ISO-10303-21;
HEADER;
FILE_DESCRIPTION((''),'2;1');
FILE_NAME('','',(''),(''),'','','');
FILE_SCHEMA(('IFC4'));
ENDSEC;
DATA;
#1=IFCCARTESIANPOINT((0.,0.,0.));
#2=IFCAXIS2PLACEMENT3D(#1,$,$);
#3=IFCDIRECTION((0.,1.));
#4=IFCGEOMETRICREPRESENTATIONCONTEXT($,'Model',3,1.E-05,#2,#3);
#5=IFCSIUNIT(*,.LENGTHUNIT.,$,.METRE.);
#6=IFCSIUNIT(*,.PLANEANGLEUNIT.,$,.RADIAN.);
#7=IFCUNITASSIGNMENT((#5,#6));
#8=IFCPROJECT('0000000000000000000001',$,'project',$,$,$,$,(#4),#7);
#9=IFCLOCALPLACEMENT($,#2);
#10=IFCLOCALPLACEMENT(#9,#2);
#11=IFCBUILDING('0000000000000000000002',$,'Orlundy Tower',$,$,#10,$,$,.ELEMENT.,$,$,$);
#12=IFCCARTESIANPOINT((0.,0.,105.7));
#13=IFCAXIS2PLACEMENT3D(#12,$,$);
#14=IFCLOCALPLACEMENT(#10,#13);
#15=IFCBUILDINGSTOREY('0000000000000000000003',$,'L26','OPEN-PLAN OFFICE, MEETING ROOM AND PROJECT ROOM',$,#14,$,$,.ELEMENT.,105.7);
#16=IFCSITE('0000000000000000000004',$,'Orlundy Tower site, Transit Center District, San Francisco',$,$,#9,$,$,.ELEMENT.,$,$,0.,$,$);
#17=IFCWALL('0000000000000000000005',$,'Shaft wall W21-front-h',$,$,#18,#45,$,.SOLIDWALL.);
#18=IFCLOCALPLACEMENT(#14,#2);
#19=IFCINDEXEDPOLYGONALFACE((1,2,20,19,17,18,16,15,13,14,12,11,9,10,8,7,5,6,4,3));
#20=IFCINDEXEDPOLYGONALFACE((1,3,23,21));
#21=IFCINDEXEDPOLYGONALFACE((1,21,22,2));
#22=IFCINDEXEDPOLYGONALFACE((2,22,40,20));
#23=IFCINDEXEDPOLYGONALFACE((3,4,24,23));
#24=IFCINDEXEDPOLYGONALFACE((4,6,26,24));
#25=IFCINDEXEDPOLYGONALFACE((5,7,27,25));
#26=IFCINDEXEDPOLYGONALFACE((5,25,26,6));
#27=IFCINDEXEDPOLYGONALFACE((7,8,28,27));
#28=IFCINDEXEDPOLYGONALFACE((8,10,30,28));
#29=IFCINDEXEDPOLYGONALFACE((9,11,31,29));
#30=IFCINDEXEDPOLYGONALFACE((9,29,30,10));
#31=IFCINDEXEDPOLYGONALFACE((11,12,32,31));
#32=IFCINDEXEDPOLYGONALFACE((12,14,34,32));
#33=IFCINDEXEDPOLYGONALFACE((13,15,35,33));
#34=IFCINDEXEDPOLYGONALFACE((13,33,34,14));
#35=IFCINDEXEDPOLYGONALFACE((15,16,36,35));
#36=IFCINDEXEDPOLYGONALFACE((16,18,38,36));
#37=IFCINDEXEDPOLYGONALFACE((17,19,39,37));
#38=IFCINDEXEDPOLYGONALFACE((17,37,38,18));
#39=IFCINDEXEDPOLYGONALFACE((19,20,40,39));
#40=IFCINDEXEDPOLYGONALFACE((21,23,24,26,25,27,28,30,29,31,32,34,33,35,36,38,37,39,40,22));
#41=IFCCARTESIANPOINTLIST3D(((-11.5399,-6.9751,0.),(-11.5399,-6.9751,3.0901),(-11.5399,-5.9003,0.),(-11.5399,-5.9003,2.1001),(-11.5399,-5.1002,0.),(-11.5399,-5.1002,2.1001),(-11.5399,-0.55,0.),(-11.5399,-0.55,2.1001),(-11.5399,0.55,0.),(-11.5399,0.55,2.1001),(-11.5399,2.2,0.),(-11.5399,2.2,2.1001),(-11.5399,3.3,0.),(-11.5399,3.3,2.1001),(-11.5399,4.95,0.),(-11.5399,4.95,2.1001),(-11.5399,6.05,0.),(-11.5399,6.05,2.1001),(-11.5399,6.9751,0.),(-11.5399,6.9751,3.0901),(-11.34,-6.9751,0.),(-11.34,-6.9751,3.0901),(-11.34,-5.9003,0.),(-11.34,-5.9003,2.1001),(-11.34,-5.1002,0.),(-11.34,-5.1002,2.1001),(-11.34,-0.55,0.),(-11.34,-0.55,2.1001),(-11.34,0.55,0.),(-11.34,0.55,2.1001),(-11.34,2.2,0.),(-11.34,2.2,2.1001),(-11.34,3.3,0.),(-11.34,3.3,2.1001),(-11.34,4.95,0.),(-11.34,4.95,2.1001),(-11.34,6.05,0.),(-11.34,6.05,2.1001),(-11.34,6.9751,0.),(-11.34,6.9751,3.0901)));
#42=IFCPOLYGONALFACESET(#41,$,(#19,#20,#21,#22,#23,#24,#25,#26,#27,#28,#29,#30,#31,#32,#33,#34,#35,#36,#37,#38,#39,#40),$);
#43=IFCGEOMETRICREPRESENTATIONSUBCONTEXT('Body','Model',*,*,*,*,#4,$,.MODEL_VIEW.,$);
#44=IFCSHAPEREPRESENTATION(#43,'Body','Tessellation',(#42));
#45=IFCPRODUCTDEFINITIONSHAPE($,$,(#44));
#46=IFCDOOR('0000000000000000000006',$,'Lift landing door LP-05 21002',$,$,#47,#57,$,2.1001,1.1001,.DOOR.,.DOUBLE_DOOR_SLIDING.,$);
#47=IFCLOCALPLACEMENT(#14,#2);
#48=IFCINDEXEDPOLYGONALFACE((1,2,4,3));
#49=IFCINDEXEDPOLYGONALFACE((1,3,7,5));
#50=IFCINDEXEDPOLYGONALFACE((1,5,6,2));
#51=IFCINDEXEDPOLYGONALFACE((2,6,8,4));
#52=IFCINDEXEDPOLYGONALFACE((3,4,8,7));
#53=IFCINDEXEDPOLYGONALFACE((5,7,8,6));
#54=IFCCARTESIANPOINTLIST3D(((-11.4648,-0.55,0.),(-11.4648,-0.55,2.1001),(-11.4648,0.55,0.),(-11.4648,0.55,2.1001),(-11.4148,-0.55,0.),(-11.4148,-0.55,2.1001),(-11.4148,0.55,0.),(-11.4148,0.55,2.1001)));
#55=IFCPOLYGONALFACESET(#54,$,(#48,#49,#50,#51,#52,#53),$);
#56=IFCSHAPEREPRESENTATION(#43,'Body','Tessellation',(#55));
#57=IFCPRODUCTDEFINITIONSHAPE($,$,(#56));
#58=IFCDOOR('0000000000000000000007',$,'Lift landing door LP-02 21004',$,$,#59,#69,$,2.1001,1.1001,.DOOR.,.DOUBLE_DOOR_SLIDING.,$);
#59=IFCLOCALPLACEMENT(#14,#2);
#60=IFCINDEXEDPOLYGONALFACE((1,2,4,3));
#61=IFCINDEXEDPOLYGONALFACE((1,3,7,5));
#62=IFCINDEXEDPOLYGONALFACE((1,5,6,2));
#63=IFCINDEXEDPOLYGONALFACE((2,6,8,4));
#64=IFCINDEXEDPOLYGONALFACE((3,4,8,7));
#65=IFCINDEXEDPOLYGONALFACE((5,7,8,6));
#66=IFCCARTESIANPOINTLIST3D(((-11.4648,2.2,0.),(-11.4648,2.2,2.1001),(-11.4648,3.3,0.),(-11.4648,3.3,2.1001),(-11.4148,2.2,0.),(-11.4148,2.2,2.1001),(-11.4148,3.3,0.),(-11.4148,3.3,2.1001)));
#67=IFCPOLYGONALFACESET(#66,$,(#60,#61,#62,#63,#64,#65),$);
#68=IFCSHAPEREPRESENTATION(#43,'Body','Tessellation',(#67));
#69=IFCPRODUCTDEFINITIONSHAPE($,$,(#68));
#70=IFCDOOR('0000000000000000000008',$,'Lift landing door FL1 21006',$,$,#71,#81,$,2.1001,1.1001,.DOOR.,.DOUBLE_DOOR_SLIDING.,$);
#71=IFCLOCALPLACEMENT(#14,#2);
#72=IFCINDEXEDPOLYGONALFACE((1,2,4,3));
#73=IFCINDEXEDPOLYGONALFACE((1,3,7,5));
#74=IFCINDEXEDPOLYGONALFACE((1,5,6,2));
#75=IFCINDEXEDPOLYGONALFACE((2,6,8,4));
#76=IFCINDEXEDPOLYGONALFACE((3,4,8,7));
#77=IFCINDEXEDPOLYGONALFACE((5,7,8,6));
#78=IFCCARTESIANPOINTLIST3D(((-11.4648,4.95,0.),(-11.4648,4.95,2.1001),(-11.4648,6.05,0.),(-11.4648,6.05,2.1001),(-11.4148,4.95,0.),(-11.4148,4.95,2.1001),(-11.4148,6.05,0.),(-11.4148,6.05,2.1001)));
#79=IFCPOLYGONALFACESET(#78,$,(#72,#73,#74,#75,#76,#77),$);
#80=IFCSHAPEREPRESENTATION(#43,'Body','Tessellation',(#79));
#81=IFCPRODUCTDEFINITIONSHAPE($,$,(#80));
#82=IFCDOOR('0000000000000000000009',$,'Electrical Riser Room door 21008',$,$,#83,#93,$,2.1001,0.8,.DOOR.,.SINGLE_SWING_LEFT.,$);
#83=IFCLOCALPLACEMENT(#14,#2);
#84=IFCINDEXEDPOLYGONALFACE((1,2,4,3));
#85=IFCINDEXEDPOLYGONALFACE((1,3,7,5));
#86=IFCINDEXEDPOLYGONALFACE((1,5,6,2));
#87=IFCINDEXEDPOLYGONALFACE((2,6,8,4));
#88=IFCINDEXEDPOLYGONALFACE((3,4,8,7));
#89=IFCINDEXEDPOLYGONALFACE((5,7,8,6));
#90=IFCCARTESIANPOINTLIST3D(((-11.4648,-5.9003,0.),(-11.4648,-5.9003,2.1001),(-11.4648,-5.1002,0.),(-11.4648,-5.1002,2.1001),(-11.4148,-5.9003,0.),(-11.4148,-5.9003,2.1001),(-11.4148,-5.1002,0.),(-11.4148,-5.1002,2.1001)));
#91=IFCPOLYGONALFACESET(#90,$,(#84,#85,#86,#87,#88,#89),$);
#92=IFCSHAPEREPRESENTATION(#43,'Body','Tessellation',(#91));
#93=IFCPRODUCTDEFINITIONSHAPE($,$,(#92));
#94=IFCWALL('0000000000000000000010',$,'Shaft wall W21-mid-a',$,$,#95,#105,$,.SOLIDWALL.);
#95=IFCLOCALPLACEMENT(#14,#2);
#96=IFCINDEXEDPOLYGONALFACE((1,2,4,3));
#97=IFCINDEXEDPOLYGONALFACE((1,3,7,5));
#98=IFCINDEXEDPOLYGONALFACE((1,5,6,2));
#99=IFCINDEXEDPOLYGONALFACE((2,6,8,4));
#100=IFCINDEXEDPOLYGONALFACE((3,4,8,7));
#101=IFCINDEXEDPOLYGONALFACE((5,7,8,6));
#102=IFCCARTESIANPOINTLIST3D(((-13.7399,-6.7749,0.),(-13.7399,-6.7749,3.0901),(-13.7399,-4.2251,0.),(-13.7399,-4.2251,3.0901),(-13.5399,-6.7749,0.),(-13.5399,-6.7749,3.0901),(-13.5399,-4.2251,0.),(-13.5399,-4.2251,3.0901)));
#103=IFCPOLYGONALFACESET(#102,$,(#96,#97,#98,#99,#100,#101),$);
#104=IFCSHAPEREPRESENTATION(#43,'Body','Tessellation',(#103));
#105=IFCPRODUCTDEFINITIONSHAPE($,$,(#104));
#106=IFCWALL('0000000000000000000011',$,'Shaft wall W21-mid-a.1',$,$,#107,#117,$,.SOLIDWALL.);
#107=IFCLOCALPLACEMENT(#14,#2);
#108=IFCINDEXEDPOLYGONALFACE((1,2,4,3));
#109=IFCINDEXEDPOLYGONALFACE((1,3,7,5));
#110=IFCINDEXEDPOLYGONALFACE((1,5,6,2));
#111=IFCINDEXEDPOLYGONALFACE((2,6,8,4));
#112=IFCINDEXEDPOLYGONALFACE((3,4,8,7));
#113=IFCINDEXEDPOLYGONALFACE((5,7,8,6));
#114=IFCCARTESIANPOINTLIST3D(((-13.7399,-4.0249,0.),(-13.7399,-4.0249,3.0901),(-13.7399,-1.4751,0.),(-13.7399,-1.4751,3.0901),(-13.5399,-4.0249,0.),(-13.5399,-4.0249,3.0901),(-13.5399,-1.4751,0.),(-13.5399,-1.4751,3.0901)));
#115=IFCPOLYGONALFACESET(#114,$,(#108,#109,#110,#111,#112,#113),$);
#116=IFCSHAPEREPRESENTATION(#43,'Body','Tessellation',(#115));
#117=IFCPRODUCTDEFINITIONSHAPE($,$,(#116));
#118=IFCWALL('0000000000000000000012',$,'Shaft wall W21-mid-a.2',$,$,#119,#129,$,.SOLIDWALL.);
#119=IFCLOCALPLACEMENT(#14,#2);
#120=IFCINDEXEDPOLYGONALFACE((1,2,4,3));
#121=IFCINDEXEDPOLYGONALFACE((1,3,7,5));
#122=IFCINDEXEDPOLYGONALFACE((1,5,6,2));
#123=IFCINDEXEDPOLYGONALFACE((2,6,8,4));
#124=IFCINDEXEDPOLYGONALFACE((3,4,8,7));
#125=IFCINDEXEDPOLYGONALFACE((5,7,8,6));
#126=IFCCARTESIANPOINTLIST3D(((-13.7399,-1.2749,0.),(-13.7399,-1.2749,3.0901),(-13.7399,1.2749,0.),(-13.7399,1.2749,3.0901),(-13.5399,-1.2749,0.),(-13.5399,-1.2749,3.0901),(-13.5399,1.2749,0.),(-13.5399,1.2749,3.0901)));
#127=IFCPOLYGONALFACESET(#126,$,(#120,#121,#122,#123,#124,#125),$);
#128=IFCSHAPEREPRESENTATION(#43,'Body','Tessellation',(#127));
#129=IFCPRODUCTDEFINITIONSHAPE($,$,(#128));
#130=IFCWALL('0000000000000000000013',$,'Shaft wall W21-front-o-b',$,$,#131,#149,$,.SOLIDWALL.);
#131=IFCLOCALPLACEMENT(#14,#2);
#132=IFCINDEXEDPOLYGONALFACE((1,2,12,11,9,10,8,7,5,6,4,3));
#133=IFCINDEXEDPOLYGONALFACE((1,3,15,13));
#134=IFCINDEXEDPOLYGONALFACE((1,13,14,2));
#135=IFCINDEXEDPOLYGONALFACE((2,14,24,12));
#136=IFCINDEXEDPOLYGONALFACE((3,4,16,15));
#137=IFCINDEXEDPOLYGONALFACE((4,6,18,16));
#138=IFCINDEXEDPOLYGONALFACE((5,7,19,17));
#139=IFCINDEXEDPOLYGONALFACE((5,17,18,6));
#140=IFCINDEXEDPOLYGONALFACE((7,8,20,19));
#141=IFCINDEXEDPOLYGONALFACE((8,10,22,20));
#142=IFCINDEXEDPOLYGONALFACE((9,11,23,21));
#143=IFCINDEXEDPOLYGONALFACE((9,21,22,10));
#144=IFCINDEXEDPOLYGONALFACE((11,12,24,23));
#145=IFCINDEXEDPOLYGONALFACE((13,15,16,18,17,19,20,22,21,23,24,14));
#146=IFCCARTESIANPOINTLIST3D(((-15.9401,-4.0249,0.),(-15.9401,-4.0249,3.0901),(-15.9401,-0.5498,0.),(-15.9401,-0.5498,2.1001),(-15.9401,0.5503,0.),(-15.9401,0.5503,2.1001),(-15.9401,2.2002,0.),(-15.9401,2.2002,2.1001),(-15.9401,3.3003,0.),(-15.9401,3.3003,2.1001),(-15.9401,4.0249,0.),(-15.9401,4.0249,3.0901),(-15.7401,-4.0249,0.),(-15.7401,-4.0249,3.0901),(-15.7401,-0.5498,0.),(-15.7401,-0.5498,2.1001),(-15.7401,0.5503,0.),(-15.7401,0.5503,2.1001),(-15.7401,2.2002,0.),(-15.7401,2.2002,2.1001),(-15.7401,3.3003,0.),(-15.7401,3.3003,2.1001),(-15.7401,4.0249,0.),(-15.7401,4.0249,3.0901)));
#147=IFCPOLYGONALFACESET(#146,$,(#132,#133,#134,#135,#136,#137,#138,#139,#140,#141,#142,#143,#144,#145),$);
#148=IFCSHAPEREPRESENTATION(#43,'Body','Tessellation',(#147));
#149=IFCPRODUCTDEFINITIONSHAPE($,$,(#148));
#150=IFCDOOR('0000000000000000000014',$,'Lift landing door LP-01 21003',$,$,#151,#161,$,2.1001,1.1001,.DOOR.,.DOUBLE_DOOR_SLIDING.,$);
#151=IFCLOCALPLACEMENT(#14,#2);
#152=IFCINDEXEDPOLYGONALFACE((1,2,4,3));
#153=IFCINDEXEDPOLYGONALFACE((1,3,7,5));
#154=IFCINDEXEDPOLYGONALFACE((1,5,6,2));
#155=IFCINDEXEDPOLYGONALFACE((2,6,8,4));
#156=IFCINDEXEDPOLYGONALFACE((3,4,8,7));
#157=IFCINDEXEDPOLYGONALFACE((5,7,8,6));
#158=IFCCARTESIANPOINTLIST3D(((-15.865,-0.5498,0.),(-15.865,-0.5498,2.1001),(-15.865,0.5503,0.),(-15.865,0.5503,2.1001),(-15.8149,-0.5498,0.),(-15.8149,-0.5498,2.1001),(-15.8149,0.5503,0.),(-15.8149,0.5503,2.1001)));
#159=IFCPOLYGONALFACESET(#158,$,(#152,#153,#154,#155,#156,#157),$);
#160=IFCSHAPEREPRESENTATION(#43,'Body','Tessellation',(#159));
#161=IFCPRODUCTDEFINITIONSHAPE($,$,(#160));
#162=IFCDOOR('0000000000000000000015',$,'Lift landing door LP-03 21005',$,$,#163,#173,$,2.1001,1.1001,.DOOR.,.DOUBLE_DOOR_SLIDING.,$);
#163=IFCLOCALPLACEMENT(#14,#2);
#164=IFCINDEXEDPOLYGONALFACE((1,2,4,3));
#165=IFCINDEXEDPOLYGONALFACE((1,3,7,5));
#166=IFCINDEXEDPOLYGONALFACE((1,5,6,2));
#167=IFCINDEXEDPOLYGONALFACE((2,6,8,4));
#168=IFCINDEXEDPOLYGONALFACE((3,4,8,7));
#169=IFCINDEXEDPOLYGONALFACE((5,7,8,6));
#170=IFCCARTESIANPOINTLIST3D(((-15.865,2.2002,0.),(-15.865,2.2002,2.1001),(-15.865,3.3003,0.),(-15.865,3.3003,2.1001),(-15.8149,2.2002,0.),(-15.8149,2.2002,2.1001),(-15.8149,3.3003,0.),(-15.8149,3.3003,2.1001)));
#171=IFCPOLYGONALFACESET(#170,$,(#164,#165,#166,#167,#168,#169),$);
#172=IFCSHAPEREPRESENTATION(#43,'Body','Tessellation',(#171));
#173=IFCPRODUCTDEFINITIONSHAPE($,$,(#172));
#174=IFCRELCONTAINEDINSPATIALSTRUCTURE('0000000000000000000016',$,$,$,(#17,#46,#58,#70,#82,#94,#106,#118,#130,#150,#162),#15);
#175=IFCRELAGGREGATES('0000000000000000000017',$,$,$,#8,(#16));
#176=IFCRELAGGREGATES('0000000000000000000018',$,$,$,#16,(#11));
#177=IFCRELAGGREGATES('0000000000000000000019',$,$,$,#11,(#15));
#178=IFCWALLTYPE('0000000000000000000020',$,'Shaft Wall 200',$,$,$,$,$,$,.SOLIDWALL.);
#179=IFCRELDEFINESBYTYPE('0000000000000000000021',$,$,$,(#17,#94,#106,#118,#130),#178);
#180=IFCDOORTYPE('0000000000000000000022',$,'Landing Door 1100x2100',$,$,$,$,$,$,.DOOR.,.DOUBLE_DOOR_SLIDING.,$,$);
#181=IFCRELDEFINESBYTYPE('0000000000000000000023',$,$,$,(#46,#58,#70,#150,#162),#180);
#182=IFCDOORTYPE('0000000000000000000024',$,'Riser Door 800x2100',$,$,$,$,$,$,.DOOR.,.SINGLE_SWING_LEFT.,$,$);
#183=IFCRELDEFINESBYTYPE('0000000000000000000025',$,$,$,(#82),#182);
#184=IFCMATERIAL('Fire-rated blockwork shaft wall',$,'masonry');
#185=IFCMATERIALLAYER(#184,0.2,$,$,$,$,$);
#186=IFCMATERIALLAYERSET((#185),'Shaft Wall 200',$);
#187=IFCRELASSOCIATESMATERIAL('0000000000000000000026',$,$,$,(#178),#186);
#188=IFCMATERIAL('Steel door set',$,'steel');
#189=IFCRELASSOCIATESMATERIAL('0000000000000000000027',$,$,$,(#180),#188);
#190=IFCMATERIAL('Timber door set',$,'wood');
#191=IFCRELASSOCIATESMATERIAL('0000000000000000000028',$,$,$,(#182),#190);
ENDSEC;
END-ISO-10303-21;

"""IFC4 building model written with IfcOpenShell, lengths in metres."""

from ifc_helpers import new_model, si_unit, direction, frame, frame_2d, origin, place, context, subcontext, project, spatial, rectangle, extrude, material, layer, layer_set, type_object, element, fill, save


model = new_model("IFC4")

# Units and contexts
model_context = context("Model", 3, precision=1e-05, world=origin(), true_north=direction((0.0, 1.0)))
body_context = subcontext(model_context, "Body", "Model", "MODEL_VIEW")
ifc_project = project(units=[si_unit("LENGTHUNIT", "METRE"), si_unit("PLANEANGLEUNIT", "RADIAN")], contexts=[model_context])

# Site, building, storey
site_placement = place(None, origin())
site = spatial("IfcSite", under=ifc_project, at=site_placement, Name="Orlundy Tower site, Transit Center District, San Francisco", CompositionType="ELEMENT", RefElevation=0.0)
building_placement = place(site_placement, origin())
building = spatial("IfcBuilding", under=site, at=building_placement, Name="Orlundy Tower", CompositionType="ELEMENT")
storey_placement = place(building_placement, frame((0.0, 0.0, 105.7)))
storey = spatial("IfcBuildingStorey", under=building, at=storey_placement, Name="L26", Description="OPEN-PLAN OFFICE, MEETING ROOM AND PROJECT ROOM", CompositionType="ELEMENT", Elevation=105.7)

# Shared definitions
ifc_material_1 = material(Name="Fire-rated blockwork shaft wall", Category="masonry")
ifc_layer_1 = layer(ifc_material_1, 0.2)
ifc_layer_set_1 = layer_set([ifc_layer_1], Name="Shaft Wall 200")
wall_type_1 = type_object("IfcWallType", Name="Shaft Wall 200", PredefinedType="SOLIDWALL", material=ifc_layer_set_1)

# Wall, openings, doors
wall_1_placement = place(storey_placement, frame((-11.4399, -6.9751, 0.0), z_axis=(0.0, 0.0, 1.0), x_axis=(0.0, 1.0, 0.0)))
wall_1 = element("IfcWall", 1, at=wall_1_placement, inside=storey, type_object=wall_type_1, Name="Shaft wall W21-front-h", PredefinedType="SOLIDWALL", context=body_context, shape_type="SweptSolid", body=[
    extrude(rectangle(XDim=13.9502, YDim=0.2, at=frame_2d((6.9751, 0.0))), origin(), (0.0, 0.0, 1.0), 3.0901),
])
opening_1_placement = place(wall_1_placement, frame((6.425, 0.0, 0.0)))
opening_1 = element("IfcOpeningElement", 2, at=opening_1_placement, cuts=wall_1, PredefinedType="OPENING", context=body_context, shape_type="SweptSolid", body=[
    extrude(rectangle(XDim=1.1001, YDim=2.1001, at=frame_2d((0.55, 1.05))), frame((0.0, 0.1101, 0.0), z_axis=(0.0, -1.0, 0.0), x_axis=(1.0, 0.0, 0.0)), (0.0, 0.0, 1.0), 0.2202),
])
opening_2_placement = place(wall_1_placement, frame((9.175, 0.0, 0.0)))
opening_2 = element("IfcOpeningElement", 3, at=opening_2_placement, cuts=wall_1, PredefinedType="OPENING", context=body_context, shape_type="SweptSolid", body=[
    extrude(rectangle(XDim=1.1001, YDim=2.1001, at=frame_2d((0.55, 1.05))), frame((0.0, 0.1101, 0.0), z_axis=(0.0, -1.0, 0.0), x_axis=(1.0, 0.0, 0.0)), (0.0, 0.0, 1.0), 0.2202),
])
opening_3_placement = place(wall_1_placement, frame((11.925, 0.0, 0.0)))
opening_3 = element("IfcOpeningElement", 4, at=opening_3_placement, cuts=wall_1, PredefinedType="OPENING", context=body_context, shape_type="SweptSolid", body=[
    extrude(rectangle(XDim=1.1001, YDim=2.1001, at=frame_2d((0.55, 1.05))), frame((0.0, 0.1101, 0.0), z_axis=(0.0, -1.0, 0.0), x_axis=(1.0, 0.0, 0.0)), (0.0, 0.0, 1.0), 0.2202),
])
opening_4_placement = place(wall_1_placement, frame((1.075, 0.0, 0.0)))
opening_4 = element("IfcOpeningElement", 5, at=opening_4_placement, cuts=wall_1, PredefinedType="OPENING", context=body_context, shape_type="SweptSolid", body=[
    extrude(rectangle(XDim=0.8, YDim=2.1001, at=frame_2d((0.3999, 1.05))), frame((0.0, 0.1101, 0.0), z_axis=(0.0, -1.0, 0.0), x_axis=(1.0, 0.0, 0.0)), (0.0, 0.0, 1.0), 0.2202),
])
ifc_material_2 = material(Name="Steel door set", Category="steel")
door_type_1 = type_object("IfcDoorType", Name="Landing Door 1100x2100", OperationType="DOUBLE_DOOR_SLIDING", PredefinedType="DOOR", material=ifc_material_2)
door_1_placement = place(opening_1_placement, origin())
door_1 = element("IfcDoor", 6, at=door_1_placement, inside=storey, type_object=door_type_1, Name="Lift landing door LP-05 21002", OperationType="DOUBLE_DOOR_SLIDING", OverallHeight=2.1001, OverallWidth=1.1001, PredefinedType="DOOR", context=body_context, shape_type="SweptSolid", body=[
    extrude(rectangle(XDim=1.1001, YDim=2.1001, at=frame_2d((0.55, 1.05))), frame((0.0, 0.0249, 0.0), z_axis=(0.0, -1.0, 0.0), x_axis=(1.0, 0.0, 0.0)), (0.0, 0.0, 1.0), 0.05),
])
fill(opening_1, door_1)
door_2_placement = place(opening_2_placement, origin())
door_2 = element("IfcDoor", 7, at=door_2_placement, inside=storey, type_object=door_type_1, Name="Lift landing door LP-02 21004", OperationType="DOUBLE_DOOR_SLIDING", OverallHeight=2.1001, OverallWidth=1.1001, PredefinedType="DOOR", context=body_context, shape_type="SweptSolid", body=[
    extrude(rectangle(XDim=1.1001, YDim=2.1001, at=frame_2d((0.55, 1.05))), frame((0.0, 0.0249, 0.0), z_axis=(0.0, -1.0, 0.0), x_axis=(1.0, 0.0, 0.0)), (0.0, 0.0, 1.0), 0.05),
])
fill(opening_2, door_2)
door_3_placement = place(opening_3_placement, origin())
door_3 = element("IfcDoor", 8, at=door_3_placement, inside=storey, type_object=door_type_1, Name="Lift landing door FL1 21006", OperationType="DOUBLE_DOOR_SLIDING", OverallHeight=2.1001, OverallWidth=1.1001, PredefinedType="DOOR", context=body_context, shape_type="SweptSolid", body=[
    extrude(rectangle(XDim=1.1001, YDim=2.1001, at=frame_2d((0.55, 1.05))), frame((0.0, 0.0249, 0.0), z_axis=(0.0, -1.0, 0.0), x_axis=(1.0, 0.0, 0.0)), (0.0, 0.0, 1.0), 0.05),
])
fill(opening_3, door_3)
ifc_material_3 = material(Name="Timber door set", Category="wood")
door_type_2 = type_object("IfcDoorType", Name="Riser Door 800x2100", OperationType="SINGLE_SWING_LEFT", PredefinedType="DOOR", material=ifc_material_3)
door_4_placement = place(opening_4_placement, origin())
door_4 = element("IfcDoor", 9, at=door_4_placement, inside=storey, type_object=door_type_2, Name="Electrical Riser Room door 21008", OperationType="SINGLE_SWING_LEFT", OverallHeight=2.1001, OverallWidth=0.8, PredefinedType="DOOR", context=body_context, shape_type="SweptSolid", body=[
    extrude(rectangle(XDim=0.8, YDim=2.1001, at=frame_2d((0.3999, 1.05))), frame((0.0, 0.0249, 0.0), z_axis=(0.0, -1.0, 0.0), x_axis=(1.0, 0.0, 0.0)), (0.0, 0.0, 1.0), 0.05),
])
fill(opening_4, door_4)

# Walls
for number, where, z_axis, x_axis, name in (
    (10, (-13.6399, -6.7749, 0.0), (0.0, 0.0, 1.0), (0.0, 1.0, 0.0), "Shaft wall W21-mid-a"),
    (11, (-13.6399, -4.0249, 0.0), (0.0, 0.0, 1.0), (0.0, 1.0, 0.0), "Shaft wall W21-mid-a.1"),
    (12, (-13.6399, -1.2749, 0.0), (0.0, 0.0, 1.0), (0.0, 1.0, 0.0), "Shaft wall W21-mid-a.2"),
):
    element("IfcWall", number, at=place(storey_placement, frame(where, z_axis=z_axis, x_axis=x_axis)), inside=storey, type_object=wall_type_1, Name=name, PredefinedType="SOLIDWALL", context=body_context, shape_type="SweptSolid", body=[
        extrude(rectangle(XDim=2.5498, YDim=0.2, at=frame_2d((1.2749, 0.0))), origin(), (0.0, 0.0, 1.0), 3.0901),
    ])

# Wall, openings, doors
wall_2_placement = place(storey_placement, frame((-15.8401, -4.0249, 0.0), z_axis=(0.0, 0.0, 1.0), x_axis=(0.0, 1.0, 0.0)))
wall_2 = element("IfcWall", 13, at=wall_2_placement, inside=storey, type_object=wall_type_1, Name="Shaft wall W21-front-o-b", PredefinedType="SOLIDWALL", context=body_context, shape_type="SweptSolid", body=[
    extrude(rectangle(XDim=8.0498, YDim=0.2, at=frame_2d((4.0249, 0.0))), origin(), (0.0, 0.0, 1.0), 3.0901),
])
opening_5_placement = place(wall_2_placement, frame((3.4751, 0.0, 0.0)))
opening_5 = element("IfcOpeningElement", 14, at=opening_5_placement, cuts=wall_2, PredefinedType="OPENING", context=body_context, shape_type="SweptSolid", body=[
    extrude(rectangle(XDim=1.1001, YDim=2.1001, at=frame_2d((0.55, 1.05))), frame((0.0, 0.1101, 0.0), z_axis=(0.0, -1.0, 0.0), x_axis=(1.0, 0.0, 0.0)), (0.0, 0.0, 1.0), 0.2202),
])
opening_6_placement = place(wall_2_placement, frame((6.2251, 0.0, 0.0)))
opening_6 = element("IfcOpeningElement", 15, at=opening_6_placement, cuts=wall_2, PredefinedType="OPENING", context=body_context, shape_type="SweptSolid", body=[
    extrude(rectangle(XDim=1.1001, YDim=2.1001, at=frame_2d((0.55, 1.05))), frame((0.0, 0.1101, 0.0), z_axis=(0.0, -1.0, 0.0), x_axis=(1.0, 0.0, 0.0)), (0.0, 0.0, 1.0), 0.2202),
])
door_5_placement = place(opening_5_placement, origin())
door_5 = element("IfcDoor", 16, at=door_5_placement, inside=storey, type_object=door_type_1, Name="Lift landing door LP-01 21003", OperationType="DOUBLE_DOOR_SLIDING", OverallHeight=2.1001, OverallWidth=1.1001, PredefinedType="DOOR", context=body_context, shape_type="SweptSolid", body=[
    extrude(rectangle(XDim=1.1001, YDim=2.1001, at=frame_2d((0.55, 1.05))), frame((0.0, 0.0249, 0.0), z_axis=(0.0, -1.0, 0.0), x_axis=(1.0, 0.0, 0.0)), (0.0, 0.0, 1.0), 0.05),
])
fill(opening_5, door_5)
door_6_placement = place(opening_6_placement, origin())
door_6 = element("IfcDoor", 17, at=door_6_placement, inside=storey, type_object=door_type_1, Name="Lift landing door LP-03 21005", OperationType="DOUBLE_DOOR_SLIDING", OverallHeight=2.1001, OverallWidth=1.1001, PredefinedType="DOOR", context=body_context, shape_type="SweptSolid", body=[
    extrude(rectangle(XDim=1.1001, YDim=2.1001, at=frame_2d((0.55, 1.05))), frame((0.0, 0.0249, 0.0), z_axis=(0.0, -1.0, 0.0), x_axis=(1.0, 0.0, 0.0)), (0.0, 0.0, 1.0), 0.05),
])
fill(opening_6, door_6)

save(model, "model.ifc")
